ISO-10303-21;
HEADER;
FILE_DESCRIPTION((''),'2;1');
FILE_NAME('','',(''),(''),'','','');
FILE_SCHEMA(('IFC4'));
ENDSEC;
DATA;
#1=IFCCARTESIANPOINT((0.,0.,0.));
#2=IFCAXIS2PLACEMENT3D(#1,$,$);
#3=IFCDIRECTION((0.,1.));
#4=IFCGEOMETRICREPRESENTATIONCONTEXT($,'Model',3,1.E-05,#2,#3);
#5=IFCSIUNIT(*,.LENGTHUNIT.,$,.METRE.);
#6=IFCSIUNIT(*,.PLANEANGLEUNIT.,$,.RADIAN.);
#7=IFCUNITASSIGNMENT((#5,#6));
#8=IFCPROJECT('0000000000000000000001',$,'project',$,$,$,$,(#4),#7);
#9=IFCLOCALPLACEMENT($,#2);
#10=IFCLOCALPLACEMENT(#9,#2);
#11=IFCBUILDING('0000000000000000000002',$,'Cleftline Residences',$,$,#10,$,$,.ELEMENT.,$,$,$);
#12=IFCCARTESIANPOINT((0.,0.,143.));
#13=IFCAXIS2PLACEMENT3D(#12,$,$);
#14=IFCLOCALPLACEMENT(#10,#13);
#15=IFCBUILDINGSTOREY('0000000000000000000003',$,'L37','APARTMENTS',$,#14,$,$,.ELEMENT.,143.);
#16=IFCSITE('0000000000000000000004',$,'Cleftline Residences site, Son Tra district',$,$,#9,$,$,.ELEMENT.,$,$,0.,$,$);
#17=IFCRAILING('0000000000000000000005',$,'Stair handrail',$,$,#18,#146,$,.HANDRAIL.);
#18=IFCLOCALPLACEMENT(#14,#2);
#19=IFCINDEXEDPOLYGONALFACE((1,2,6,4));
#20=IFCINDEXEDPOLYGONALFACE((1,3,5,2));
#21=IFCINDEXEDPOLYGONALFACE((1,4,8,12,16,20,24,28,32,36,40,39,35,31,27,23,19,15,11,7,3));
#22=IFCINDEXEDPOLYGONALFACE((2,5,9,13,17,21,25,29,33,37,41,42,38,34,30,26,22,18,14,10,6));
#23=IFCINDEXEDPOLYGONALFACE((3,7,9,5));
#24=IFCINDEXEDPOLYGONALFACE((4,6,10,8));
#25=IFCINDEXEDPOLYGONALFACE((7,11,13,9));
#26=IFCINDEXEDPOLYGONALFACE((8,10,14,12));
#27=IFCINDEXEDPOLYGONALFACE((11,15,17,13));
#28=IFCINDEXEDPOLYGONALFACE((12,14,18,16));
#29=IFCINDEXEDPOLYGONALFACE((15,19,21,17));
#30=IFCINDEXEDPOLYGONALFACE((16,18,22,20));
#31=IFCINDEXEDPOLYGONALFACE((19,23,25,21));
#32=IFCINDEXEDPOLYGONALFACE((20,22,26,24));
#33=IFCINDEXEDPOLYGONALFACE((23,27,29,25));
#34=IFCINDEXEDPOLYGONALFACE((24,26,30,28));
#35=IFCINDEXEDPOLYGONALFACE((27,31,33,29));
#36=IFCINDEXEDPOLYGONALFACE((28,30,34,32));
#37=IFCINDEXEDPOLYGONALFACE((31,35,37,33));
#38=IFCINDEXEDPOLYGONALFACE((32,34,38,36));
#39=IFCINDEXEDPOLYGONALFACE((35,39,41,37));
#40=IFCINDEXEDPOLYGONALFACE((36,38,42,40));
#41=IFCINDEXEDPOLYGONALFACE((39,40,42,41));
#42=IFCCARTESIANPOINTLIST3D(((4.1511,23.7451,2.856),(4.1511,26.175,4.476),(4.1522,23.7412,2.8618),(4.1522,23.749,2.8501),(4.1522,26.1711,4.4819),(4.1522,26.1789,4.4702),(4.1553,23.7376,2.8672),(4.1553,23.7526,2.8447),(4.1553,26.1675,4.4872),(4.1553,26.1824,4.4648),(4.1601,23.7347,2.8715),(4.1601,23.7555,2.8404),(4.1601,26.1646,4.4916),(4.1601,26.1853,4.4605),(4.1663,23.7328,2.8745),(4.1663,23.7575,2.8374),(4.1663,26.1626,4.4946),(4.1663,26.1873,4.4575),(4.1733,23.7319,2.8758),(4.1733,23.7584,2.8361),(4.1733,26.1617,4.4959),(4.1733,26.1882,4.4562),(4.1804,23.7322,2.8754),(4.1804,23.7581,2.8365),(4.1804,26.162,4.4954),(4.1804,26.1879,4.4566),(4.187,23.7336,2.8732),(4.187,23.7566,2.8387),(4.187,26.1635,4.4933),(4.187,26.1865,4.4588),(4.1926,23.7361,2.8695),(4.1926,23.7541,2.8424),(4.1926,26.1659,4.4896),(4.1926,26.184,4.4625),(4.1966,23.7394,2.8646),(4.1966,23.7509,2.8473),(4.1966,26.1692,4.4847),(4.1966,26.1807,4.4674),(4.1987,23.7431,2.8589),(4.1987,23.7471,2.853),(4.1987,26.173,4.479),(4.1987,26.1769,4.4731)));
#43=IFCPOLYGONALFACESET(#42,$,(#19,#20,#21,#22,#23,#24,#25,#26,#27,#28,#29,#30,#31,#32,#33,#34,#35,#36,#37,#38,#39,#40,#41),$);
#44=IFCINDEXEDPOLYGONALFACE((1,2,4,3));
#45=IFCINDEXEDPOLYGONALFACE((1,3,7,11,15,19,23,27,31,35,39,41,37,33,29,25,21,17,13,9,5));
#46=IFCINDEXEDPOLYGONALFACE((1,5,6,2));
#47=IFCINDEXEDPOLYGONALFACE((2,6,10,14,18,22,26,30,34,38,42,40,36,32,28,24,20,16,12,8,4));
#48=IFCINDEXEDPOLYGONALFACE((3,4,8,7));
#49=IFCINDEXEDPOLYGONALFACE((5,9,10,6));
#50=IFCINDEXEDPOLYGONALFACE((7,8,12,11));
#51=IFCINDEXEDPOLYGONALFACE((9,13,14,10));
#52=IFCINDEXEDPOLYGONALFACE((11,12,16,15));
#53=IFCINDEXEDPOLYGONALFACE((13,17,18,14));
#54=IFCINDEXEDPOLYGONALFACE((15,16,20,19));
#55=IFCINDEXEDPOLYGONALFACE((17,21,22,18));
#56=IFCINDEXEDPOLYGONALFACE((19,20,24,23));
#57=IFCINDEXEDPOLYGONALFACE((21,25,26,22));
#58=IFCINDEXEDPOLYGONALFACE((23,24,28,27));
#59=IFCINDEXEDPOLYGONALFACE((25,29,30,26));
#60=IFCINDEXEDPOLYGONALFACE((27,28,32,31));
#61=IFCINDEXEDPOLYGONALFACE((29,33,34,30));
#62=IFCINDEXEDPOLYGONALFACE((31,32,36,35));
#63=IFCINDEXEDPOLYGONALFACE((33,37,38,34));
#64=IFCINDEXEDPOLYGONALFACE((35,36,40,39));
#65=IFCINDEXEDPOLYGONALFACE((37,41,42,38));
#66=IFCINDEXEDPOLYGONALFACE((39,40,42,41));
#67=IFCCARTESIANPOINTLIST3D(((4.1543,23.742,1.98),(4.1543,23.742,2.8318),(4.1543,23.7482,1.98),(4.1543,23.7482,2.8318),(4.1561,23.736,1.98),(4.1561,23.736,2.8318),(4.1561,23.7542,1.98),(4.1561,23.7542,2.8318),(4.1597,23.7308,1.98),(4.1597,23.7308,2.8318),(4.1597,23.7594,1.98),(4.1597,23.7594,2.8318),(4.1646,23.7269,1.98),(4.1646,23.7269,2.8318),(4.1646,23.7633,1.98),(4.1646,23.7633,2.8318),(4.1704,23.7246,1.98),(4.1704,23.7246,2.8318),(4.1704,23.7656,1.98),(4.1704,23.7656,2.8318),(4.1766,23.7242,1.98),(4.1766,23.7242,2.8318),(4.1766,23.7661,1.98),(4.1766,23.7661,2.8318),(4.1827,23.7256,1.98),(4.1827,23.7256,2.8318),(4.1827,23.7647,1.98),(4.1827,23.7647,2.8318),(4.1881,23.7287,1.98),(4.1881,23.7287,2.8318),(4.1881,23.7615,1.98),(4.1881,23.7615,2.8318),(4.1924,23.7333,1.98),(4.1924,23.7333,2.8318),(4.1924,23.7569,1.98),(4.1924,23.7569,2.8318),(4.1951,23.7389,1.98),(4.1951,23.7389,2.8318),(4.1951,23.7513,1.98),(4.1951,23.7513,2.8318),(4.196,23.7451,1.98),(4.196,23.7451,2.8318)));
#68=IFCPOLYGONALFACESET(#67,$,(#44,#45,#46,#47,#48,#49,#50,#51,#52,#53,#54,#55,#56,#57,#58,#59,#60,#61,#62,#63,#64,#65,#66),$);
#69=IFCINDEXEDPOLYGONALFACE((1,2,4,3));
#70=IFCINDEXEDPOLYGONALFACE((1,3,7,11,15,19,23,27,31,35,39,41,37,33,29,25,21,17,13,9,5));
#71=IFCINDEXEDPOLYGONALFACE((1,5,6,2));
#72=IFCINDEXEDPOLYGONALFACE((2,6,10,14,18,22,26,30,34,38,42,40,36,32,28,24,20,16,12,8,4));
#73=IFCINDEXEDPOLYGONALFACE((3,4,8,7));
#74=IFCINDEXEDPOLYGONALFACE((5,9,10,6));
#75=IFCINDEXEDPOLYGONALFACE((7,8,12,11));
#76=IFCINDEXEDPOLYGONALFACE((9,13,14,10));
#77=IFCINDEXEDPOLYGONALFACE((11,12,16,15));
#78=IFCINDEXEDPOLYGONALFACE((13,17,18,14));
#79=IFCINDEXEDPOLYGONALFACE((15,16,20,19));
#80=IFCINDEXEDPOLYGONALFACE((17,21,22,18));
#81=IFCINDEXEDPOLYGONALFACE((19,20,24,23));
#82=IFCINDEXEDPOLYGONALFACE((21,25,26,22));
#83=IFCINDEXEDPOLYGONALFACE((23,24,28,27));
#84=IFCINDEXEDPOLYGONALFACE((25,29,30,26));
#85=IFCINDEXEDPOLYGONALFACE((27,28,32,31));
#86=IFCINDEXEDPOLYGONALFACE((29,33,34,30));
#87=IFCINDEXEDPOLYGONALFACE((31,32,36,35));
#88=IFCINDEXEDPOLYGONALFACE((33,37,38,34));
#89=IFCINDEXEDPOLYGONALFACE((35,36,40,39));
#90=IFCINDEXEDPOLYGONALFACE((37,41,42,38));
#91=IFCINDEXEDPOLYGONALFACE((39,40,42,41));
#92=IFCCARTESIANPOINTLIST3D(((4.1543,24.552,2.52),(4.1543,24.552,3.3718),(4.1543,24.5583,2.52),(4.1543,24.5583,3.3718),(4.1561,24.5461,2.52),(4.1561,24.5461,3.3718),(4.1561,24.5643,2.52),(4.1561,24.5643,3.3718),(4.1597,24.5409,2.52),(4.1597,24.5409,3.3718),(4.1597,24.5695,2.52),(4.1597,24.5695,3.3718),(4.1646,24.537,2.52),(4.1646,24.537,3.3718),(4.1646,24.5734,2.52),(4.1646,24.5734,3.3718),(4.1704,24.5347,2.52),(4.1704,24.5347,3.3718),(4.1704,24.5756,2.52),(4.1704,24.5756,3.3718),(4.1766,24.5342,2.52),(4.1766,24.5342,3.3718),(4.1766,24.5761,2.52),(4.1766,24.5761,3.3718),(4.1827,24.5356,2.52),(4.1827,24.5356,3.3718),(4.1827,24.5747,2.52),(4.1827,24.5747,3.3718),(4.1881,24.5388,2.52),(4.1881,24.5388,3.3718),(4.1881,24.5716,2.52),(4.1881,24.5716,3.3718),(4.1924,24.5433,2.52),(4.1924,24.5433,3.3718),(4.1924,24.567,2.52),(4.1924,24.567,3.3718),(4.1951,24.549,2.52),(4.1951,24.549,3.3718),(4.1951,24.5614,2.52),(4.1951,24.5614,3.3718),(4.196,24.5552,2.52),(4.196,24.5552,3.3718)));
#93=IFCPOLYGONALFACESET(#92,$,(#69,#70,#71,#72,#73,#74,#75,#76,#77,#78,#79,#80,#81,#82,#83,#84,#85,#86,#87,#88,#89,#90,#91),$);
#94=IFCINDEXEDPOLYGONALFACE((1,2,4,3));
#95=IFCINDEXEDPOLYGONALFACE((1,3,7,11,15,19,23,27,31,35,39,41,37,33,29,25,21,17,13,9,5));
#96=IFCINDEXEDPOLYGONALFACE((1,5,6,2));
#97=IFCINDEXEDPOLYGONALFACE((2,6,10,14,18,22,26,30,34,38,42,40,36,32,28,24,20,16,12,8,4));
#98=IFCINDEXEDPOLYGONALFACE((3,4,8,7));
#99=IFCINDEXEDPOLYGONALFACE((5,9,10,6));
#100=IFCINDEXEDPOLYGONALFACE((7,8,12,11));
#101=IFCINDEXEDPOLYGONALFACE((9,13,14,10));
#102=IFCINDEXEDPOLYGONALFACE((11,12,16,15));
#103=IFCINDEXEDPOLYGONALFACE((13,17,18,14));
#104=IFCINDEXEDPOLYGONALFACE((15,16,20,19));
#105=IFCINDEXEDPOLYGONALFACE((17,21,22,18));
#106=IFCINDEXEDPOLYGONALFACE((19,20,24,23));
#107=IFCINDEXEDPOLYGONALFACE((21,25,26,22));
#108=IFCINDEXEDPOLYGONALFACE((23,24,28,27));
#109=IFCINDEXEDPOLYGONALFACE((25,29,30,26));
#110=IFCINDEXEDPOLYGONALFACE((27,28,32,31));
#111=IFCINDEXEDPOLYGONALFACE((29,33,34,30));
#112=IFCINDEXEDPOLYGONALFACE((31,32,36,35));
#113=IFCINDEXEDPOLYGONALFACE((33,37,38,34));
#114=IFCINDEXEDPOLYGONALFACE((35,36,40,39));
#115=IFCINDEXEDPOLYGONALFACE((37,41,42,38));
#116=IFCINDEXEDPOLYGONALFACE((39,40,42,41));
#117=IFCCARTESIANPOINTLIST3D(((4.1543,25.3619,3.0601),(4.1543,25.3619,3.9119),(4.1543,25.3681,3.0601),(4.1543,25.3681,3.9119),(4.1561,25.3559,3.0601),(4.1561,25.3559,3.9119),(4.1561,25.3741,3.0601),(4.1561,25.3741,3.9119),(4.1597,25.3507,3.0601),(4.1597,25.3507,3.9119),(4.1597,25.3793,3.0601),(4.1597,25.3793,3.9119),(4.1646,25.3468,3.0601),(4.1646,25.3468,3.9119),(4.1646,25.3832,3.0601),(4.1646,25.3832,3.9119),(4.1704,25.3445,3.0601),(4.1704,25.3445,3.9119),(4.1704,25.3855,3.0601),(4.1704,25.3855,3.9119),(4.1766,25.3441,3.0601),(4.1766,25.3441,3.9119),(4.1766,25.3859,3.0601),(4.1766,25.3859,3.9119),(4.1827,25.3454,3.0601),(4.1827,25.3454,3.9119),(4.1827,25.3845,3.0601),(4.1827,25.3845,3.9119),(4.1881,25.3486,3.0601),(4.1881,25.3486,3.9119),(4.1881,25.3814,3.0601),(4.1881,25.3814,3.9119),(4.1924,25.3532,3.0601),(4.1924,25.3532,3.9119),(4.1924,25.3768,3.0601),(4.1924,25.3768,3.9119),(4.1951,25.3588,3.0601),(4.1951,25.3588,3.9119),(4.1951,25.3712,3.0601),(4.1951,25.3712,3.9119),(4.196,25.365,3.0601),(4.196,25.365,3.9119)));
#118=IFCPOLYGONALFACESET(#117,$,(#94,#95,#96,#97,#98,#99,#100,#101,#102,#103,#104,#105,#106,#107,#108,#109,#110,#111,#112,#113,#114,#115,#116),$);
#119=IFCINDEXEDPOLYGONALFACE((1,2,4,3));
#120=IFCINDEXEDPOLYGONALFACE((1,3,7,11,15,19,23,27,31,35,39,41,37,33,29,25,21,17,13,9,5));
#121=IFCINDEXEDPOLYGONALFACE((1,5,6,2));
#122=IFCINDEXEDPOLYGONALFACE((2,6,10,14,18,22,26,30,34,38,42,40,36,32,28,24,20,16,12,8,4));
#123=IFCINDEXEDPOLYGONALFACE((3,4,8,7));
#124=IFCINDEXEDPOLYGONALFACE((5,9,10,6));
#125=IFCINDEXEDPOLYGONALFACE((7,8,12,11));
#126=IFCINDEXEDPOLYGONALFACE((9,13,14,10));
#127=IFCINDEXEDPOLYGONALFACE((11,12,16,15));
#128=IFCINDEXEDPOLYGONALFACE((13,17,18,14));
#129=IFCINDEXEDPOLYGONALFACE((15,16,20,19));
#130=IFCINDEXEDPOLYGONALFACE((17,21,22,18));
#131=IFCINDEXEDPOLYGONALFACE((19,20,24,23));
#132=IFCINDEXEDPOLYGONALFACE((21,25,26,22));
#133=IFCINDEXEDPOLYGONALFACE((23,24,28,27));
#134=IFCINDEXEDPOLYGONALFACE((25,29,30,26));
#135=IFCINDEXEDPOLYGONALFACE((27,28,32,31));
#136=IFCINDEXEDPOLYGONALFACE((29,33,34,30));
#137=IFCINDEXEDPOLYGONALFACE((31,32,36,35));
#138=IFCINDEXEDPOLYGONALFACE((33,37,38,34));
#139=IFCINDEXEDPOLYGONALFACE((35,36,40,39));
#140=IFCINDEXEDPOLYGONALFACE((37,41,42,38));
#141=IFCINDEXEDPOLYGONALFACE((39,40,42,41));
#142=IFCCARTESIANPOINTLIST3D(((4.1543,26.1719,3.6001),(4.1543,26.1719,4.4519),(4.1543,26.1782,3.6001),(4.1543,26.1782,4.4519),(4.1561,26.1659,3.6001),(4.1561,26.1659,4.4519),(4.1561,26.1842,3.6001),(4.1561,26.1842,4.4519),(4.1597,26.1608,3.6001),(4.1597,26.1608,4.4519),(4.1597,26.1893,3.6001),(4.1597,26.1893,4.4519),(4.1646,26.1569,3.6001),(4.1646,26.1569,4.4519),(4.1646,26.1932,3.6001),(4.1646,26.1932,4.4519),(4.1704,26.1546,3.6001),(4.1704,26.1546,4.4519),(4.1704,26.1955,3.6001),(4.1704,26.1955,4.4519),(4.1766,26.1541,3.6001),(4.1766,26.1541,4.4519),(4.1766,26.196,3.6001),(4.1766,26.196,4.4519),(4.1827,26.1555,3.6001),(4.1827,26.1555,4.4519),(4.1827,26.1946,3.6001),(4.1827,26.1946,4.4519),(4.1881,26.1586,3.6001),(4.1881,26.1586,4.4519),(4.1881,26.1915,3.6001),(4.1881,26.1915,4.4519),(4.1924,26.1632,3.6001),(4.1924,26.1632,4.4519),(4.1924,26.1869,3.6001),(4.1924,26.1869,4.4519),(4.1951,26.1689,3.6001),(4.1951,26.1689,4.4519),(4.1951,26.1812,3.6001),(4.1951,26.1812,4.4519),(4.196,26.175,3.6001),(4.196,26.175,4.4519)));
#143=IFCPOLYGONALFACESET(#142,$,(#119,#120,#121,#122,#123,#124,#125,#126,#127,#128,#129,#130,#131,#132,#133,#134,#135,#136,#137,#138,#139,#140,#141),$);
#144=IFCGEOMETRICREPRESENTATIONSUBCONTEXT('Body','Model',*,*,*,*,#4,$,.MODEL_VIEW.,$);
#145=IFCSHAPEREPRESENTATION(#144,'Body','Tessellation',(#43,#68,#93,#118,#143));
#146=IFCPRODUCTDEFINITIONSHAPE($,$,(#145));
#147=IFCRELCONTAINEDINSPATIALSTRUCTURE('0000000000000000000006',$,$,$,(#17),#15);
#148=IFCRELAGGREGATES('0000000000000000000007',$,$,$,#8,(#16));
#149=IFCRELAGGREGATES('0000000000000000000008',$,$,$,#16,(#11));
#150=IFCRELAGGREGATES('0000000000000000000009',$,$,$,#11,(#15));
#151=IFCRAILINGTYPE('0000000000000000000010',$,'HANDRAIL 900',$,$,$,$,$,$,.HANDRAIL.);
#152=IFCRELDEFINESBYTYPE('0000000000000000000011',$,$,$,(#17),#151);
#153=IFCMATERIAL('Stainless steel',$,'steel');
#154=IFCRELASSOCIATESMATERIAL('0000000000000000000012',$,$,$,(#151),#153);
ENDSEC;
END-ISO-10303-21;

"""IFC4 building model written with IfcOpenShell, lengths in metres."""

from ifc_helpers import new_model, si_unit, direction, frame, origin, origin_2d, place, context, subcontext, project, spatial, circle, extrude, material, type_object, element, save


model = new_model("IFC4")

# Units and contexts
model_context = context("Model", 3, precision=1e-05, world=origin(), true_north=direction((0.0, 1.0)))
body_context = subcontext(model_context, "Body", "Model", "MODEL_VIEW")
ifc_project = project(units=[si_unit("LENGTHUNIT", "METRE"), si_unit("PLANEANGLEUNIT", "RADIAN")], contexts=[model_context])

# Site, building, storey
site_placement = place(None, origin())
site = spatial("IfcSite", under=ifc_project, at=site_placement, Name="Cleftline Residences site, Son Tra district", CompositionType="ELEMENT", RefElevation=0.0)
building_placement = place(site_placement, origin())
building = spatial("IfcBuilding", under=site, at=building_placement, Name="Cleftline Residences", CompositionType="ELEMENT")
storey_placement = place(building_placement, frame((0.0, 0.0, 143.0)))
storey = spatial("IfcBuildingStorey", under=building, at=storey_placement, Name="L37", Description="APARTMENTS", CompositionType="ELEMENT", Elevation=143.0)

# Railing
ifc_material_1 = material(Name="Stainless steel", Category="steel")
railing_type = type_object("IfcRailingType", Name="HANDRAIL 900", PredefinedType="HANDRAIL", material=ifc_material_1)
railing_1_placement = place(storey_placement, frame((4.175, 23.7451, 1.98)))
element("IfcRailing", 1, at=railing_1_placement, inside=storey, type_object=railing_type, Name="Stair handrail", PredefinedType="HANDRAIL", context=body_context, shape_type="SweptSolid", body=[
    extrude(circle(Radius=0.0239, at=origin_2d()), frame((0.0, 0.0, 0.876), z_axis=(0.0, 0.832025, 0.554739), x_axis=(-1.0, 0.0, 0.0)), (0.0, 0.0, 1.0), 2.9204),
    extrude(circle(Radius=0.021, at=origin_2d()), origin(), (0.0, 0.0, 1.0), 0.8518),
    extrude(circle(Radius=0.021, at=origin_2d()), frame((0.0, 0.8101, 0.54)), (0.0, 0.0, 1.0), 0.8518),
    extrude(circle(Radius=0.021, at=origin_2d()), frame((0.0, 1.6199, 1.0801)), (0.0, 0.0, 1.0), 0.8518),
    extrude(circle(Radius=0.021, at=origin_2d()), frame((0.0, 2.4299, 1.6201)), (0.0, 0.0, 1.0), 0.8518),
])

save(model, "model.ifc")
